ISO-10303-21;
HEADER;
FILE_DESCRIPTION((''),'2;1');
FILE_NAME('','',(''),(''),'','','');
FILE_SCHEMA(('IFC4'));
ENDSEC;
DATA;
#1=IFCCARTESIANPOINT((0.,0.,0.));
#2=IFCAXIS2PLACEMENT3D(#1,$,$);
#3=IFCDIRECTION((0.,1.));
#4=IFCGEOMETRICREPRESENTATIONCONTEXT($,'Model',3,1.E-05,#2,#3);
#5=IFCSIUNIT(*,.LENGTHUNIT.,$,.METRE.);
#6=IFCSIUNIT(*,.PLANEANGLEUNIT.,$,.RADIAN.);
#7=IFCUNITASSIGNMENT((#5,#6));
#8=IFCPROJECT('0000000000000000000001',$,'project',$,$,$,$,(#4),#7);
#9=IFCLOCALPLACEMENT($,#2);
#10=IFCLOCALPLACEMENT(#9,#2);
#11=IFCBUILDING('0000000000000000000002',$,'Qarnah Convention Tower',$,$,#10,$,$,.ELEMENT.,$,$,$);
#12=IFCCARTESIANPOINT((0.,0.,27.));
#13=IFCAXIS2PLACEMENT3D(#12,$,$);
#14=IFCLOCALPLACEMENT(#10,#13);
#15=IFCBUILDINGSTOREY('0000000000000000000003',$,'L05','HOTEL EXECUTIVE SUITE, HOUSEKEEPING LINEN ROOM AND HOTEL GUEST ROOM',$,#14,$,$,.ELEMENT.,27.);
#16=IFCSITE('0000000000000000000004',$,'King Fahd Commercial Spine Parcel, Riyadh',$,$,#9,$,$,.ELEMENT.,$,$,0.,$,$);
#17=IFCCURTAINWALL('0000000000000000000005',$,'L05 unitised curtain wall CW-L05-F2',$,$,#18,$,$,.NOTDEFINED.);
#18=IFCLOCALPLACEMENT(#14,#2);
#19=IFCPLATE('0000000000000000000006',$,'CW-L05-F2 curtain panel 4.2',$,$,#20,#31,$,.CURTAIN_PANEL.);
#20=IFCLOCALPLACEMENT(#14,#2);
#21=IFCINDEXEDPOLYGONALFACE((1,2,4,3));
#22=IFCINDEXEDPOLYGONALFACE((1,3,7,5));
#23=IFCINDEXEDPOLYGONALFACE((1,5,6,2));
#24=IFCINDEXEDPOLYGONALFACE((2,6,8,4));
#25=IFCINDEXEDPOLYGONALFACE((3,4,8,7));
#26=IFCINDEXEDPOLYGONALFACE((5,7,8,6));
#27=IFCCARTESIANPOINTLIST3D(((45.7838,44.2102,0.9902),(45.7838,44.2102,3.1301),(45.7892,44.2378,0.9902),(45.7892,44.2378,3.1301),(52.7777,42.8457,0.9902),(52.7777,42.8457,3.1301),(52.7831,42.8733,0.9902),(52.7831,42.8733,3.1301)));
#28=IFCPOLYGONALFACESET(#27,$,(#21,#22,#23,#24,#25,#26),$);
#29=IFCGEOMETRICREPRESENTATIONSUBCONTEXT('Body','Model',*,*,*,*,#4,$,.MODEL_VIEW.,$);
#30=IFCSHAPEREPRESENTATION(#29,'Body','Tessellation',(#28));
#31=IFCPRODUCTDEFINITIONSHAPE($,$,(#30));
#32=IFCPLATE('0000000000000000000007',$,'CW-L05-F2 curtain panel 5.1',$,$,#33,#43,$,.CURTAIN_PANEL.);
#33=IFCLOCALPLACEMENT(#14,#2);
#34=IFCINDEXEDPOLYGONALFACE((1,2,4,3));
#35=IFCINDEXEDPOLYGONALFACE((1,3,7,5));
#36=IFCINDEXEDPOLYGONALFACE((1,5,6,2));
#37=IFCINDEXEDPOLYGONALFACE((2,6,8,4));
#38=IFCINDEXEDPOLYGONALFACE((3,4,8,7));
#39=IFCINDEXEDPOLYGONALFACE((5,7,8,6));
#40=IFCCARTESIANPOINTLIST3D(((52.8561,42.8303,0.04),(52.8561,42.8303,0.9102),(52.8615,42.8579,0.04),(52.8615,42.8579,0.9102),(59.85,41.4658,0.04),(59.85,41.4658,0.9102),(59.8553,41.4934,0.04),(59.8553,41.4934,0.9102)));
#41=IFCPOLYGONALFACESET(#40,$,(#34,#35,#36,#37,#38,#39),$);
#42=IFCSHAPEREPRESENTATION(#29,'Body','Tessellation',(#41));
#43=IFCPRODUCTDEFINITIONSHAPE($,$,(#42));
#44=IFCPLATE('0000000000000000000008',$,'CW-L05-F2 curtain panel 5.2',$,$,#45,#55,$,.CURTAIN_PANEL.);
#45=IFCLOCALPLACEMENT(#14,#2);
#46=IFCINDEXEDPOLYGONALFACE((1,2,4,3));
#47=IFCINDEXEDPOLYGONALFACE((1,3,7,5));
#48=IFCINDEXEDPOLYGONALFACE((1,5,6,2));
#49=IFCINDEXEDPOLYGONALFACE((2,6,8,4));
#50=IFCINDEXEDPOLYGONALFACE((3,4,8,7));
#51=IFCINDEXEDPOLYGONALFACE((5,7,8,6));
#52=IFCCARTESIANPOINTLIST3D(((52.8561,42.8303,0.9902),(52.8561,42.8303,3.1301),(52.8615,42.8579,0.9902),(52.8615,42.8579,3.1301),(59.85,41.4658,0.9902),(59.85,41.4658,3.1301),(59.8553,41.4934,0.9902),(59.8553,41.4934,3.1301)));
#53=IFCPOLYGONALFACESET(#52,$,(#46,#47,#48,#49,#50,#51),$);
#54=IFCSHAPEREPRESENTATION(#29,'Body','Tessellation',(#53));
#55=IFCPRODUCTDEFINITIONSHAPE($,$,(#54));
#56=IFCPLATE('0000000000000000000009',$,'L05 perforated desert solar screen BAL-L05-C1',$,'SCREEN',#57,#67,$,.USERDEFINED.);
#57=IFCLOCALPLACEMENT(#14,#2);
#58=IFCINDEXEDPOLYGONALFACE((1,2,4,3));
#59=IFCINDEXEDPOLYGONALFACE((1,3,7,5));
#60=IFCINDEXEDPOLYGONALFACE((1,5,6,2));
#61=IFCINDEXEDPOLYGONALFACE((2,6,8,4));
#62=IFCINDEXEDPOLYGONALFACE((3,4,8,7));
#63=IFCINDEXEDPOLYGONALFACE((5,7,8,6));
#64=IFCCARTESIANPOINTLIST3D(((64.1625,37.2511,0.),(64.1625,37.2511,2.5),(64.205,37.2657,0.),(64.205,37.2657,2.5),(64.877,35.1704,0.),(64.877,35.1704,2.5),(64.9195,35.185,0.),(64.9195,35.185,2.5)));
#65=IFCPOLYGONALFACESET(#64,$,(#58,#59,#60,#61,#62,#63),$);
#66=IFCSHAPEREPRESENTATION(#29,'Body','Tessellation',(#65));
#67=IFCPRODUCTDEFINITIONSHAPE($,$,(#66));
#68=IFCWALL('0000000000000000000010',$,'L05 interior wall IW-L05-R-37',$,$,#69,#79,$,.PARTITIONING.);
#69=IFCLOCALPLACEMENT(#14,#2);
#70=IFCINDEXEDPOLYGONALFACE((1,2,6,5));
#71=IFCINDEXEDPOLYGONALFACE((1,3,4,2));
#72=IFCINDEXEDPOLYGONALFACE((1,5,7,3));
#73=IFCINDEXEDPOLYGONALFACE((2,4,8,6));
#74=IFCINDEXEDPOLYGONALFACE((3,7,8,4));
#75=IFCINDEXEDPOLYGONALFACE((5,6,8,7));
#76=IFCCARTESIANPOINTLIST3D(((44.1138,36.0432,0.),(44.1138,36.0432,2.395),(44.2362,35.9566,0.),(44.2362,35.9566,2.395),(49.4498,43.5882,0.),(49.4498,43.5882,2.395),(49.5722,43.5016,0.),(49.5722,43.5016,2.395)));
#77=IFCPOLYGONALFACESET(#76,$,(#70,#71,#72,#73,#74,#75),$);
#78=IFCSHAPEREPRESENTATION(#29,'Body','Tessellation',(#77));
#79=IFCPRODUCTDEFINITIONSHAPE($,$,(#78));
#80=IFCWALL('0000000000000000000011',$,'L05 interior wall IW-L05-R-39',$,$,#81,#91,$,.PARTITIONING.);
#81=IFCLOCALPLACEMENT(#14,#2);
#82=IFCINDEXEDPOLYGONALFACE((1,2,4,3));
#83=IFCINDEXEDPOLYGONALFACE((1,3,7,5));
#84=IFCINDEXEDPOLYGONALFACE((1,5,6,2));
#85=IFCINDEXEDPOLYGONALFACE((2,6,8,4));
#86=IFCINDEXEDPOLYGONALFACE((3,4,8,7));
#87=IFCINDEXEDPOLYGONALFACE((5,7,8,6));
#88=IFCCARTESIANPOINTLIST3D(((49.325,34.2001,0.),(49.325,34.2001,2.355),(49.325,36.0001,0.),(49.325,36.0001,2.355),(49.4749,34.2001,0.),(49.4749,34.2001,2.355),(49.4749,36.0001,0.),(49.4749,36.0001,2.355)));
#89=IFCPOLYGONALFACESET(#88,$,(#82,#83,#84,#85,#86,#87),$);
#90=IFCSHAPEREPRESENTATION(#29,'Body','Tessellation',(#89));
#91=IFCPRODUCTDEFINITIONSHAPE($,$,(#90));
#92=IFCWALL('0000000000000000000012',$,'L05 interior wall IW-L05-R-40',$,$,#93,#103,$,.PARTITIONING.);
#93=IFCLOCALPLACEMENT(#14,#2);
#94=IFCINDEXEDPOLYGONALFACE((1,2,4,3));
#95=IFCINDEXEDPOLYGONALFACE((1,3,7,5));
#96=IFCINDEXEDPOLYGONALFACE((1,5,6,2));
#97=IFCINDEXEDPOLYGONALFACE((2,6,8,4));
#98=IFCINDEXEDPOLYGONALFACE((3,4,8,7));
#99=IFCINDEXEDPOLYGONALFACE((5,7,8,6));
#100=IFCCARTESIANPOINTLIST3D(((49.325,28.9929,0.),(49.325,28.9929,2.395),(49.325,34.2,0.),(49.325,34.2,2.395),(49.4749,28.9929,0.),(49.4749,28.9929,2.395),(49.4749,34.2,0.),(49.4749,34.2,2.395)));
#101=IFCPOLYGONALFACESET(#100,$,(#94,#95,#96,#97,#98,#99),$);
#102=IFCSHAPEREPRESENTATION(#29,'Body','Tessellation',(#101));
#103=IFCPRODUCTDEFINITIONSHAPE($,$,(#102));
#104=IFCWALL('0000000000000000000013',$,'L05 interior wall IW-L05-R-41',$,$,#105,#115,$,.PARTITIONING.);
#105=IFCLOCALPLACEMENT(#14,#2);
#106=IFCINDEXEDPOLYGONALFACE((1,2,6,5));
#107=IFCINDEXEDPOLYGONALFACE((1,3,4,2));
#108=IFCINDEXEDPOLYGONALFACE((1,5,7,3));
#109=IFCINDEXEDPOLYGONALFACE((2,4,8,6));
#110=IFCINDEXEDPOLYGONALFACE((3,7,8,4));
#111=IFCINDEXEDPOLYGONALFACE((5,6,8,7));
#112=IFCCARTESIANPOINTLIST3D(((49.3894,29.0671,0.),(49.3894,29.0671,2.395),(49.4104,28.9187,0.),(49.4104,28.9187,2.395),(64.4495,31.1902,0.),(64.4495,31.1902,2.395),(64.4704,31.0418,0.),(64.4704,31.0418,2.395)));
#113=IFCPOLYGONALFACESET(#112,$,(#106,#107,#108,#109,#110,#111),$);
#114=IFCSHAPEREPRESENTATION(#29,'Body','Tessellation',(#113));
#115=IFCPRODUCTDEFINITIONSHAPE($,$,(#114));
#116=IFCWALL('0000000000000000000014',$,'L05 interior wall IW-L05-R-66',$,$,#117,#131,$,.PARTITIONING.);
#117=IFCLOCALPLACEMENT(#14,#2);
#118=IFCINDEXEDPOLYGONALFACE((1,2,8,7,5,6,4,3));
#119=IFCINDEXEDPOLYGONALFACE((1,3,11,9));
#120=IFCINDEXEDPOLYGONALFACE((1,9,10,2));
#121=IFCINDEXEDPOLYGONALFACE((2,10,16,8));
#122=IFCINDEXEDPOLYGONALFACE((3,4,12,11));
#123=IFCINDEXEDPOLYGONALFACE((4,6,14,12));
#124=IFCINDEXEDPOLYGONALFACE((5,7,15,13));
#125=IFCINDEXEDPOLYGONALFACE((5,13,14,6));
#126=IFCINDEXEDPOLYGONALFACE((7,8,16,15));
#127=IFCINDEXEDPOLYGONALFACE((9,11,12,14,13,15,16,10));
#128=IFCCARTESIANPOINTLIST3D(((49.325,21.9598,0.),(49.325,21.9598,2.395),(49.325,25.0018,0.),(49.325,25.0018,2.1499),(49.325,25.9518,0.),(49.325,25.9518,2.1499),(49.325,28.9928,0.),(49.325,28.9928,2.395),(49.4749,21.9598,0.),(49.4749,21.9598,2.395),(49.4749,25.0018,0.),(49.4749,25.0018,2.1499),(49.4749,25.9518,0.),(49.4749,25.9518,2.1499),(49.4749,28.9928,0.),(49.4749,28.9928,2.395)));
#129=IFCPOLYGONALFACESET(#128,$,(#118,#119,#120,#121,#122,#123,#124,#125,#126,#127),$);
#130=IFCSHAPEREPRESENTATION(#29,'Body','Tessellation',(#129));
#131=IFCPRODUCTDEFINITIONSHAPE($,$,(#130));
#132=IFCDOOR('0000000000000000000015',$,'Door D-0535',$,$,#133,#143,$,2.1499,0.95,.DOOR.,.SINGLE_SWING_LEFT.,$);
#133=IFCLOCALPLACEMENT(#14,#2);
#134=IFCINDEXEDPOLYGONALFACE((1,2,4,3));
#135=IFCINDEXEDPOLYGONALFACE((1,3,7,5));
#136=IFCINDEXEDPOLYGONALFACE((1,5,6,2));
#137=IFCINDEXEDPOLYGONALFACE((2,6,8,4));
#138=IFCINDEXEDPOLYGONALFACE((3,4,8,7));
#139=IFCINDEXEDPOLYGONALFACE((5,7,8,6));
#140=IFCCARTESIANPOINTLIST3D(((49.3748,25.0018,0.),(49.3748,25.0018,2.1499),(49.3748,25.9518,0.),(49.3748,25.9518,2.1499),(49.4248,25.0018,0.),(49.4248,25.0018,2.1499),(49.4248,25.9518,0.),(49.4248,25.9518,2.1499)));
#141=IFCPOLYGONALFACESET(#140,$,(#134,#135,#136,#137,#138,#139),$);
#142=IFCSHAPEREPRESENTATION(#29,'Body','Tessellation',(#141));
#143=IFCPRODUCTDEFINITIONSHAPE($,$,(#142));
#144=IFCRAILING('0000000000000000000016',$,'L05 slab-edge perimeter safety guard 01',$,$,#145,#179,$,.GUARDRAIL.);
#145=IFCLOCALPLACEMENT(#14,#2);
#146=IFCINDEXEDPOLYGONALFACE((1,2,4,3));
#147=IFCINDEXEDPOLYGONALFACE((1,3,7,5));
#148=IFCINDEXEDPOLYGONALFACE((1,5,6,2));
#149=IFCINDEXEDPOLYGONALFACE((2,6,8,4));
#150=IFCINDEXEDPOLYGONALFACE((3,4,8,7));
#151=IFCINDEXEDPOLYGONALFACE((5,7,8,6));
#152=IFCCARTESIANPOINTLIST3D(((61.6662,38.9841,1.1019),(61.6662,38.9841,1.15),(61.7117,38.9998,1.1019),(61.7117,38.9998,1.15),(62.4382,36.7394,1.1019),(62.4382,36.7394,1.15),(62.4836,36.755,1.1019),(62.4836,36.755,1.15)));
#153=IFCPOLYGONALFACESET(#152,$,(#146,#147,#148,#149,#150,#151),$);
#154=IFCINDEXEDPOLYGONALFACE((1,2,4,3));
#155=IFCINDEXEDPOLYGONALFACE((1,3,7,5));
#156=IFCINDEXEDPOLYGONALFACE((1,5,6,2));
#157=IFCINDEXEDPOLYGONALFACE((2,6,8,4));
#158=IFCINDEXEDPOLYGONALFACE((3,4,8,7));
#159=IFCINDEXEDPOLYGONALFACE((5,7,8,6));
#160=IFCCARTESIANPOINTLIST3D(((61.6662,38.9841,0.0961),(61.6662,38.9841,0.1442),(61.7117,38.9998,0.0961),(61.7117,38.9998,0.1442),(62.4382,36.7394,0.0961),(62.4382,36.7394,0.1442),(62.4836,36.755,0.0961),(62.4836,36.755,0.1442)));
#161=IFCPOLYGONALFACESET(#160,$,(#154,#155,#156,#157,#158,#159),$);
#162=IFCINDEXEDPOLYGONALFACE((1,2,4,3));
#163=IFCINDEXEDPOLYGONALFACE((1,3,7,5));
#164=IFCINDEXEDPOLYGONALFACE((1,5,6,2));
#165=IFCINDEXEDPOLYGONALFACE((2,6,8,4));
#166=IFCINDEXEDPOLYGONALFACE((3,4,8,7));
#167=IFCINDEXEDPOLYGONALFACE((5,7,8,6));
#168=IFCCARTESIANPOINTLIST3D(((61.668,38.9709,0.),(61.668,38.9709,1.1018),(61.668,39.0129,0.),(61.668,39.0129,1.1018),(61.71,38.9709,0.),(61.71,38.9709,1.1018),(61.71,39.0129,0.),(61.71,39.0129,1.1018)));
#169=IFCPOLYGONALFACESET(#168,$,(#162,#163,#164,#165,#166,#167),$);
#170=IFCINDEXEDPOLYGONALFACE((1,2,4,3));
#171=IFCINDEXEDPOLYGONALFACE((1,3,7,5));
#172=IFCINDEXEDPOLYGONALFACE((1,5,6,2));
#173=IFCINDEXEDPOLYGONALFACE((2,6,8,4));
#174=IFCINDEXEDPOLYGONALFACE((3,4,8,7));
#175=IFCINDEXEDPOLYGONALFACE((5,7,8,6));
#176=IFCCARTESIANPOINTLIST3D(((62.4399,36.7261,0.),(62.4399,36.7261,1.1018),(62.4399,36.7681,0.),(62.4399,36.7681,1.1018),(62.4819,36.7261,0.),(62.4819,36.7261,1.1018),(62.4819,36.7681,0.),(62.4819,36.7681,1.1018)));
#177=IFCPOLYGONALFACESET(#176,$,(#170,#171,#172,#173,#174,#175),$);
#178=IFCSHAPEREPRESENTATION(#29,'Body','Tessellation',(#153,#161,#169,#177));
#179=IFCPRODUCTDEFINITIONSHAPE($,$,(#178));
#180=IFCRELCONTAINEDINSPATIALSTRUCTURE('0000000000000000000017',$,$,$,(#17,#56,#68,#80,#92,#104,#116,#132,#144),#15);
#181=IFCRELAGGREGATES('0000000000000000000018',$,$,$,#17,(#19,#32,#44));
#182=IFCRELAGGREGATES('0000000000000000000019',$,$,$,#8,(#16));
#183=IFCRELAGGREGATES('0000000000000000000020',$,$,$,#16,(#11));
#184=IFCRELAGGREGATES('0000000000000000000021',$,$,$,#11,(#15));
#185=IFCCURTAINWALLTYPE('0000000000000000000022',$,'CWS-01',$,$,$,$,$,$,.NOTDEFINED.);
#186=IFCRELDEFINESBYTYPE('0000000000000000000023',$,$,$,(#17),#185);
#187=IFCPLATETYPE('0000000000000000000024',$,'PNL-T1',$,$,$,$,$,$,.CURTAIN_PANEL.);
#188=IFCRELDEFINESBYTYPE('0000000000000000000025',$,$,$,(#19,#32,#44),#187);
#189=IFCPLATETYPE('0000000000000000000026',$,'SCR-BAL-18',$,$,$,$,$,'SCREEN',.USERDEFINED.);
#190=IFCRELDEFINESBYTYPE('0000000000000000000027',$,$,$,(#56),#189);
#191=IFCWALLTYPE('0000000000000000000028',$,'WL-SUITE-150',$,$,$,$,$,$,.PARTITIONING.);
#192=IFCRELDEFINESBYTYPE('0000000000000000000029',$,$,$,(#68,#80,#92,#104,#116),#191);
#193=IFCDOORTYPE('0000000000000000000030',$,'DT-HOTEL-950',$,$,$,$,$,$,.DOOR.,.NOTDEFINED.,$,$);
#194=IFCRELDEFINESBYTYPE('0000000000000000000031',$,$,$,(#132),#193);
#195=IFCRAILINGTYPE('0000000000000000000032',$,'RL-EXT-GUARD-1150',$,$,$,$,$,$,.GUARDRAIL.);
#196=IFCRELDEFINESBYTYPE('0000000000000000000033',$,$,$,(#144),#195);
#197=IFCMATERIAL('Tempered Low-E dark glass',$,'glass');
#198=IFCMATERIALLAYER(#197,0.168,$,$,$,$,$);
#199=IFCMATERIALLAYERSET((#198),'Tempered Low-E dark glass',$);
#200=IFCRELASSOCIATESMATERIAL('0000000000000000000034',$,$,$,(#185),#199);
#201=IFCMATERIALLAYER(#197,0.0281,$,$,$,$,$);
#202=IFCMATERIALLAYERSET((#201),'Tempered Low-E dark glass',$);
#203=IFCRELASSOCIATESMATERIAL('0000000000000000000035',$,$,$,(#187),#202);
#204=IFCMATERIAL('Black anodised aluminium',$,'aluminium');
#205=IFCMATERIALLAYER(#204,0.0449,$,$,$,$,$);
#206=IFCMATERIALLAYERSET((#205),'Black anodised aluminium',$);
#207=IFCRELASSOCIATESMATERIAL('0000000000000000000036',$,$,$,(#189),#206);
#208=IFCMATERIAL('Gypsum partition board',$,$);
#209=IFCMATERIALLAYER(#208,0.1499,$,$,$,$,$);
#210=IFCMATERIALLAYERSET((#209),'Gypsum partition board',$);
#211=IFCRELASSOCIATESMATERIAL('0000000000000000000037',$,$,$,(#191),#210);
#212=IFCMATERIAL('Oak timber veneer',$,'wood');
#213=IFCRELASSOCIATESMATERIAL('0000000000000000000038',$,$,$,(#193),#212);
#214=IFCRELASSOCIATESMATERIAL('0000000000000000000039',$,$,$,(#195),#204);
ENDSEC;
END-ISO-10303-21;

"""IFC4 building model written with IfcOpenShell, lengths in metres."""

from ifc_helpers import new_model, si_unit, direction, frame, frame_2d, origin, origin_2d, place, context, subcontext, project, spatial, rectangle, extrude, material, layer, layer_set, type_object, element, fill, aggregate, save


model = new_model("IFC4")

# Units and contexts
model_context = context("Model", 3, precision=1e-05, world=origin(), true_north=direction((0.0, 1.0)))
body_context = subcontext(model_context, "Body", "Model", "MODEL_VIEW")
ifc_project = project(units=[si_unit("LENGTHUNIT", "METRE"), si_unit("PLANEANGLEUNIT", "RADIAN")], contexts=[model_context])

# Site, building, storey
site_placement = place(None, origin())
site = spatial("IfcSite", under=ifc_project, at=site_placement, Name="King Fahd Commercial Spine Parcel, Riyadh", CompositionType="ELEMENT", RefElevation=0.0)
building_placement = place(site_placement, origin())
building = spatial("IfcBuilding", under=site, at=building_placement, Name="Qarnah Convention Tower", CompositionType="ELEMENT")
storey_placement = place(building_placement, frame((0.0, 0.0, 27.0)))
storey = spatial("IfcBuildingStorey", under=building, at=storey_placement, Name="L05", Description="HOTEL EXECUTIVE SUITE, HOUSEKEEPING LINEN ROOM AND HOTEL GUEST ROOM", CompositionType="ELEMENT", Elevation=27.0)

# Curtain wall
ifc_material_1 = material(Name="Tempered Low-E dark glass", Category="glass")
ifc_layer_1 = layer(ifc_material_1, 0.168)
ifc_layer_set_1 = layer_set([ifc_layer_1], Name="Tempered Low-E dark glass")
curtain_wall_type = type_object("IfcCurtainWallType", Name="CWS-01", PredefinedType="NOTDEFINED", material=ifc_layer_set_1)
curtain_wall_1_placement = place(storey_placement, origin())
curtain_wall_1 = element("IfcCurtainWall", 1, at=curtain_wall_1_placement, inside=storey, type_object=curtain_wall_type, Name="L05 unitised curtain wall CW-L05-F2", PredefinedType="NOTDEFINED")
ifc_material_2 = material(Name="Black anodised aluminium", Category="aluminium")

# Plates
ifc_layer_2 = layer(ifc_material_1, 0.0281)
ifc_layer_set_2 = layer_set([ifc_layer_2], Name="Tempered Low-E dark glass")
plate_type_1 = type_object("IfcPlateType", Name="PNL-T1", PredefinedType="CURTAIN_PANEL", material=ifc_layer_set_2)
plate_1_placement = place(storey_placement, frame((49.2834, 43.5417, 0.9902), z_axis=(0.0, 0.0, 1.0), x_axis=(0.981495, -0.191486, 0.0)))
plate_1 = element("IfcPlate", 2, at=plate_1_placement, type_object=plate_type_1, Name="CW-L05-F2 curtain panel 4.2", PredefinedType="CURTAIN_PANEL", context=body_context, shape_type="SweptSolid", body=[
    extrude(rectangle(XDim=7.1257, YDim=0.0281, at=origin_2d()), origin(), (0.0, 0.0, 1.0), 2.1399),
])
plate_2_placement = place(storey_placement, frame((56.3557, 42.1619, 0.04), z_axis=(0.0, 0.0, 1.0), x_axis=(0.981495, -0.191486, 0.0)))
plate_2 = element("IfcPlate", 3, at=plate_2_placement, type_object=plate_type_1, Name="CW-L05-F2 curtain panel 5.1", PredefinedType="CURTAIN_PANEL", context=body_context, shape_type="SweptSolid", body=[
    extrude(rectangle(XDim=7.1257, YDim=0.0281, at=origin_2d()), origin(), (0.0, 0.0, 1.0), 0.8701),
])
plate_3_placement = place(storey_placement, frame((56.3557, 42.1619, 0.9902), z_axis=(0.0, 0.0, 1.0), x_axis=(0.981495, -0.191486, 0.0)))
plate_3 = element("IfcPlate", 4, at=plate_3_placement, type_object=plate_type_1, Name="CW-L05-F2 curtain panel 5.2", PredefinedType="CURTAIN_PANEL", context=body_context, shape_type="SweptSolid", body=[
    extrude(rectangle(XDim=7.1257, YDim=0.0281, at=origin_2d()), origin(), (0.0, 0.0, 1.0), 2.1399),
])
aggregate(curtain_wall_1, [plate_1, plate_2, plate_3])
ifc_layer_3 = layer(ifc_material_2, 0.0449)
ifc_layer_set_3 = layer_set([ifc_layer_3], Name="Black anodised aluminium")
plate_type_2 = type_object("IfcPlateType", Name="SCR-BAL-18", ElementType="SCREEN", PredefinedType="USERDEFINED", material=ifc_layer_set_3)
plate_4_placement = place(storey_placement, frame((64.541, 36.218, 0.0), z_axis=(0.0, 0.0, 1.0), x_axis=(0.324758, -0.945797, 0.0)))
element("IfcPlate", 5, at=plate_4_placement, inside=storey, type_object=plate_type_2, Name="L05 perforated desert solar screen BAL-L05-C1", ObjectType="SCREEN", PredefinedType="USERDEFINED", context=body_context, shape_type="SweptSolid", body=[
    extrude(rectangle(XDim=2.2, YDim=0.0449, at=origin_2d()), origin(), (0.0, 0.0, 1.0), 2.5),
])

# Walls
ifc_material_3 = material(Name="Gypsum partition board")
ifc_layer_4 = layer(ifc_material_3, 0.1499)
ifc_layer_set_4 = layer_set([ifc_layer_4], Name="Gypsum partition board")
wall_type_1 = type_object("IfcWallType", Name="WL-SUITE-150", PredefinedType="PARTITIONING", material=ifc_layer_set_4)
wall_1_placement = place(storey_placement, frame((49.511, 43.5449, 0.0), z_axis=(0.0, 0.0, 1.0), x_axis=(-0.577413, -0.816452, 0.0)))
element("IfcWall", 6, at=wall_1_placement, inside=storey, type_object=wall_type_1, Name="L05 interior wall IW-L05-R-37", PredefinedType="PARTITIONING", context=body_context, shape_type="SweptSolid", body=[
    extrude(rectangle(XDim=9.2412, YDim=0.1499, at=frame_2d((4.6206, 0.0))), origin(), (0.0, 0.0, 1.0), 2.395),
])
wall_2_placement = place(storey_placement, frame((49.3999, 36.0, 0.0), z_axis=(0.0, 0.0, 1.0), x_axis=(0.0, -1.0, 0.0)))
element("IfcWall", 7, at=wall_2_placement, inside=storey, type_object=wall_type_1, Name="L05 interior wall IW-L05-R-39", PredefinedType="PARTITIONING", context=body_context, shape_type="SweptSolid", body=[
    extrude(rectangle(XDim=1.8, YDim=0.1499, at=frame_2d((0.8999, 0.0))), origin(), (0.0, 0.0, 1.0), 2.355),
])
wall_3_placement = place(storey_placement, frame((49.3999, 34.2, 0.0), z_axis=(0.0, 0.0, 1.0), x_axis=(0.0, -1.0, 0.0)))
element("IfcWall", 8, at=wall_3_placement, inside=storey, type_object=wall_type_1, Name="L05 interior wall IW-L05-R-40", PredefinedType="PARTITIONING", context=body_context, shape_type="SweptSolid", body=[
    extrude(rectangle(XDim=5.207, YDim=0.1499, at=frame_2d((2.6035, 0.0))), origin(), (0.0, 0.0, 1.0), 2.395),
])
wall_4_placement = place(storey_placement, frame((49.3999, 28.9929, 0.0), z_axis=(0.0, 0.0, 1.0), x_axis=(0.990209, 0.139592, 0.0)))
element("IfcWall", 9, at=wall_4_placement, inside=storey, type_object=wall_type_1, Name="L05 interior wall IW-L05-R-41", PredefinedType="PARTITIONING", context=body_context, shape_type="SweptSolid", body=[
    extrude(rectangle(XDim=15.209, YDim=0.1499, at=frame_2d((7.6045, 0.0))), origin(), (0.0, 0.0, 1.0), 2.395),
])

# Wall, opening, door
wall_5_placement = place(storey_placement, frame((49.3999, 28.9929, 0.0), z_axis=(0.0, 0.0, 1.0), x_axis=(0.0, -1.0, 0.0)))
wall_5 = element("IfcWall", 10, at=wall_5_placement, inside=storey, type_object=wall_type_1, Name="L05 interior wall IW-L05-R-66", PredefinedType="PARTITIONING", context=body_context, shape_type="SweptSolid", body=[
    extrude(rectangle(XDim=7.033, YDim=0.1499, at=frame_2d((3.5166, 0.0))), origin(), (0.0, 0.0, 1.0), 2.395),
])
opening_1_placement = place(wall_5_placement, frame((3.041, 0.0, 0.0)))
opening_1 = element("IfcOpeningElement", 11, at=opening_1_placement, cuts=wall_5, PredefinedType="OPENING", context=body_context, shape_type="SweptSolid", body=[
    extrude(rectangle(XDim=0.95, YDim=2.1499, at=frame_2d((0.4751, 1.075))), frame((0.0, 0.085, 0.0), z_axis=(0.0, -1.0, 0.0), x_axis=(1.0, 0.0, 0.0)), (0.0, 0.0, 1.0), 0.1699),
])
ifc_material_4 = material(Name="Oak timber veneer", Category="wood")
door_type_1 = type_object("IfcDoorType", Name="DT-HOTEL-950", OperationType="NOTDEFINED", PredefinedType="DOOR", material=ifc_material_4)
door_1_placement = place(opening_1_placement, origin())
door_1 = element("IfcDoor", 12, at=door_1_placement, inside=storey, type_object=door_type_1, Name="Door D-0535", OperationType="SINGLE_SWING_LEFT", OverallHeight=2.1499, OverallWidth=0.95, PredefinedType="DOOR", context=body_context, shape_type="SweptSolid", body=[
    extrude(rectangle(XDim=0.95, YDim=2.1499, at=frame_2d((0.4751, 1.075))), frame((0.0, 0.0249, 0.0), z_axis=(0.0, -1.0, 0.0), x_axis=(1.0, 0.0, 0.0)), (0.0, 0.0, 1.0), 0.05),
])
fill(opening_1, door_1)

# Railing
railing_type_1 = type_object("IfcRailingType", Name="RL-EXT-GUARD-1150", PredefinedType="GUARDRAIL", material=ifc_material_2)
railing_1_placement = place(storey_placement, frame((61.689, 38.9919, 0.0)))
element("IfcRailing", 13, at=railing_1_placement, inside=storey, type_object=railing_type_1, Name="L05 slab-edge perimeter safety guard 01", PredefinedType="GUARDRAIL", context=body_context, shape_type="SweptSolid", body=[
    extrude(rectangle(XDim=0.0481, YDim=0.0481, at=origin_2d()), frame((0.0, 0.0, 1.126), z_axis=(0.325192, -0.945648, 0.0), x_axis=(0.945648, 0.325192, 0.0)), (0.0, 0.0, 1.0), 2.3738),
    extrude(rectangle(XDim=0.0481, YDim=0.0481, at=origin_2d()), frame((0.0, 0.0, 0.1201), z_axis=(0.325192, -0.945648, 0.0), x_axis=(0.945648, 0.325192, 0.0)), (0.0, 0.0, 1.0), 2.3738),
    extrude(rectangle(XDim=0.042, YDim=0.042, at=origin_2d()), origin(), (0.0, 0.0, 1.0), 1.1018),
    extrude(rectangle(XDim=0.042, YDim=0.042, at=origin_2d()), frame((0.772, -2.2449, 0.0)), (0.0, 0.0, 1.0), 1.1018),
])

save(model, "model.ifc")
